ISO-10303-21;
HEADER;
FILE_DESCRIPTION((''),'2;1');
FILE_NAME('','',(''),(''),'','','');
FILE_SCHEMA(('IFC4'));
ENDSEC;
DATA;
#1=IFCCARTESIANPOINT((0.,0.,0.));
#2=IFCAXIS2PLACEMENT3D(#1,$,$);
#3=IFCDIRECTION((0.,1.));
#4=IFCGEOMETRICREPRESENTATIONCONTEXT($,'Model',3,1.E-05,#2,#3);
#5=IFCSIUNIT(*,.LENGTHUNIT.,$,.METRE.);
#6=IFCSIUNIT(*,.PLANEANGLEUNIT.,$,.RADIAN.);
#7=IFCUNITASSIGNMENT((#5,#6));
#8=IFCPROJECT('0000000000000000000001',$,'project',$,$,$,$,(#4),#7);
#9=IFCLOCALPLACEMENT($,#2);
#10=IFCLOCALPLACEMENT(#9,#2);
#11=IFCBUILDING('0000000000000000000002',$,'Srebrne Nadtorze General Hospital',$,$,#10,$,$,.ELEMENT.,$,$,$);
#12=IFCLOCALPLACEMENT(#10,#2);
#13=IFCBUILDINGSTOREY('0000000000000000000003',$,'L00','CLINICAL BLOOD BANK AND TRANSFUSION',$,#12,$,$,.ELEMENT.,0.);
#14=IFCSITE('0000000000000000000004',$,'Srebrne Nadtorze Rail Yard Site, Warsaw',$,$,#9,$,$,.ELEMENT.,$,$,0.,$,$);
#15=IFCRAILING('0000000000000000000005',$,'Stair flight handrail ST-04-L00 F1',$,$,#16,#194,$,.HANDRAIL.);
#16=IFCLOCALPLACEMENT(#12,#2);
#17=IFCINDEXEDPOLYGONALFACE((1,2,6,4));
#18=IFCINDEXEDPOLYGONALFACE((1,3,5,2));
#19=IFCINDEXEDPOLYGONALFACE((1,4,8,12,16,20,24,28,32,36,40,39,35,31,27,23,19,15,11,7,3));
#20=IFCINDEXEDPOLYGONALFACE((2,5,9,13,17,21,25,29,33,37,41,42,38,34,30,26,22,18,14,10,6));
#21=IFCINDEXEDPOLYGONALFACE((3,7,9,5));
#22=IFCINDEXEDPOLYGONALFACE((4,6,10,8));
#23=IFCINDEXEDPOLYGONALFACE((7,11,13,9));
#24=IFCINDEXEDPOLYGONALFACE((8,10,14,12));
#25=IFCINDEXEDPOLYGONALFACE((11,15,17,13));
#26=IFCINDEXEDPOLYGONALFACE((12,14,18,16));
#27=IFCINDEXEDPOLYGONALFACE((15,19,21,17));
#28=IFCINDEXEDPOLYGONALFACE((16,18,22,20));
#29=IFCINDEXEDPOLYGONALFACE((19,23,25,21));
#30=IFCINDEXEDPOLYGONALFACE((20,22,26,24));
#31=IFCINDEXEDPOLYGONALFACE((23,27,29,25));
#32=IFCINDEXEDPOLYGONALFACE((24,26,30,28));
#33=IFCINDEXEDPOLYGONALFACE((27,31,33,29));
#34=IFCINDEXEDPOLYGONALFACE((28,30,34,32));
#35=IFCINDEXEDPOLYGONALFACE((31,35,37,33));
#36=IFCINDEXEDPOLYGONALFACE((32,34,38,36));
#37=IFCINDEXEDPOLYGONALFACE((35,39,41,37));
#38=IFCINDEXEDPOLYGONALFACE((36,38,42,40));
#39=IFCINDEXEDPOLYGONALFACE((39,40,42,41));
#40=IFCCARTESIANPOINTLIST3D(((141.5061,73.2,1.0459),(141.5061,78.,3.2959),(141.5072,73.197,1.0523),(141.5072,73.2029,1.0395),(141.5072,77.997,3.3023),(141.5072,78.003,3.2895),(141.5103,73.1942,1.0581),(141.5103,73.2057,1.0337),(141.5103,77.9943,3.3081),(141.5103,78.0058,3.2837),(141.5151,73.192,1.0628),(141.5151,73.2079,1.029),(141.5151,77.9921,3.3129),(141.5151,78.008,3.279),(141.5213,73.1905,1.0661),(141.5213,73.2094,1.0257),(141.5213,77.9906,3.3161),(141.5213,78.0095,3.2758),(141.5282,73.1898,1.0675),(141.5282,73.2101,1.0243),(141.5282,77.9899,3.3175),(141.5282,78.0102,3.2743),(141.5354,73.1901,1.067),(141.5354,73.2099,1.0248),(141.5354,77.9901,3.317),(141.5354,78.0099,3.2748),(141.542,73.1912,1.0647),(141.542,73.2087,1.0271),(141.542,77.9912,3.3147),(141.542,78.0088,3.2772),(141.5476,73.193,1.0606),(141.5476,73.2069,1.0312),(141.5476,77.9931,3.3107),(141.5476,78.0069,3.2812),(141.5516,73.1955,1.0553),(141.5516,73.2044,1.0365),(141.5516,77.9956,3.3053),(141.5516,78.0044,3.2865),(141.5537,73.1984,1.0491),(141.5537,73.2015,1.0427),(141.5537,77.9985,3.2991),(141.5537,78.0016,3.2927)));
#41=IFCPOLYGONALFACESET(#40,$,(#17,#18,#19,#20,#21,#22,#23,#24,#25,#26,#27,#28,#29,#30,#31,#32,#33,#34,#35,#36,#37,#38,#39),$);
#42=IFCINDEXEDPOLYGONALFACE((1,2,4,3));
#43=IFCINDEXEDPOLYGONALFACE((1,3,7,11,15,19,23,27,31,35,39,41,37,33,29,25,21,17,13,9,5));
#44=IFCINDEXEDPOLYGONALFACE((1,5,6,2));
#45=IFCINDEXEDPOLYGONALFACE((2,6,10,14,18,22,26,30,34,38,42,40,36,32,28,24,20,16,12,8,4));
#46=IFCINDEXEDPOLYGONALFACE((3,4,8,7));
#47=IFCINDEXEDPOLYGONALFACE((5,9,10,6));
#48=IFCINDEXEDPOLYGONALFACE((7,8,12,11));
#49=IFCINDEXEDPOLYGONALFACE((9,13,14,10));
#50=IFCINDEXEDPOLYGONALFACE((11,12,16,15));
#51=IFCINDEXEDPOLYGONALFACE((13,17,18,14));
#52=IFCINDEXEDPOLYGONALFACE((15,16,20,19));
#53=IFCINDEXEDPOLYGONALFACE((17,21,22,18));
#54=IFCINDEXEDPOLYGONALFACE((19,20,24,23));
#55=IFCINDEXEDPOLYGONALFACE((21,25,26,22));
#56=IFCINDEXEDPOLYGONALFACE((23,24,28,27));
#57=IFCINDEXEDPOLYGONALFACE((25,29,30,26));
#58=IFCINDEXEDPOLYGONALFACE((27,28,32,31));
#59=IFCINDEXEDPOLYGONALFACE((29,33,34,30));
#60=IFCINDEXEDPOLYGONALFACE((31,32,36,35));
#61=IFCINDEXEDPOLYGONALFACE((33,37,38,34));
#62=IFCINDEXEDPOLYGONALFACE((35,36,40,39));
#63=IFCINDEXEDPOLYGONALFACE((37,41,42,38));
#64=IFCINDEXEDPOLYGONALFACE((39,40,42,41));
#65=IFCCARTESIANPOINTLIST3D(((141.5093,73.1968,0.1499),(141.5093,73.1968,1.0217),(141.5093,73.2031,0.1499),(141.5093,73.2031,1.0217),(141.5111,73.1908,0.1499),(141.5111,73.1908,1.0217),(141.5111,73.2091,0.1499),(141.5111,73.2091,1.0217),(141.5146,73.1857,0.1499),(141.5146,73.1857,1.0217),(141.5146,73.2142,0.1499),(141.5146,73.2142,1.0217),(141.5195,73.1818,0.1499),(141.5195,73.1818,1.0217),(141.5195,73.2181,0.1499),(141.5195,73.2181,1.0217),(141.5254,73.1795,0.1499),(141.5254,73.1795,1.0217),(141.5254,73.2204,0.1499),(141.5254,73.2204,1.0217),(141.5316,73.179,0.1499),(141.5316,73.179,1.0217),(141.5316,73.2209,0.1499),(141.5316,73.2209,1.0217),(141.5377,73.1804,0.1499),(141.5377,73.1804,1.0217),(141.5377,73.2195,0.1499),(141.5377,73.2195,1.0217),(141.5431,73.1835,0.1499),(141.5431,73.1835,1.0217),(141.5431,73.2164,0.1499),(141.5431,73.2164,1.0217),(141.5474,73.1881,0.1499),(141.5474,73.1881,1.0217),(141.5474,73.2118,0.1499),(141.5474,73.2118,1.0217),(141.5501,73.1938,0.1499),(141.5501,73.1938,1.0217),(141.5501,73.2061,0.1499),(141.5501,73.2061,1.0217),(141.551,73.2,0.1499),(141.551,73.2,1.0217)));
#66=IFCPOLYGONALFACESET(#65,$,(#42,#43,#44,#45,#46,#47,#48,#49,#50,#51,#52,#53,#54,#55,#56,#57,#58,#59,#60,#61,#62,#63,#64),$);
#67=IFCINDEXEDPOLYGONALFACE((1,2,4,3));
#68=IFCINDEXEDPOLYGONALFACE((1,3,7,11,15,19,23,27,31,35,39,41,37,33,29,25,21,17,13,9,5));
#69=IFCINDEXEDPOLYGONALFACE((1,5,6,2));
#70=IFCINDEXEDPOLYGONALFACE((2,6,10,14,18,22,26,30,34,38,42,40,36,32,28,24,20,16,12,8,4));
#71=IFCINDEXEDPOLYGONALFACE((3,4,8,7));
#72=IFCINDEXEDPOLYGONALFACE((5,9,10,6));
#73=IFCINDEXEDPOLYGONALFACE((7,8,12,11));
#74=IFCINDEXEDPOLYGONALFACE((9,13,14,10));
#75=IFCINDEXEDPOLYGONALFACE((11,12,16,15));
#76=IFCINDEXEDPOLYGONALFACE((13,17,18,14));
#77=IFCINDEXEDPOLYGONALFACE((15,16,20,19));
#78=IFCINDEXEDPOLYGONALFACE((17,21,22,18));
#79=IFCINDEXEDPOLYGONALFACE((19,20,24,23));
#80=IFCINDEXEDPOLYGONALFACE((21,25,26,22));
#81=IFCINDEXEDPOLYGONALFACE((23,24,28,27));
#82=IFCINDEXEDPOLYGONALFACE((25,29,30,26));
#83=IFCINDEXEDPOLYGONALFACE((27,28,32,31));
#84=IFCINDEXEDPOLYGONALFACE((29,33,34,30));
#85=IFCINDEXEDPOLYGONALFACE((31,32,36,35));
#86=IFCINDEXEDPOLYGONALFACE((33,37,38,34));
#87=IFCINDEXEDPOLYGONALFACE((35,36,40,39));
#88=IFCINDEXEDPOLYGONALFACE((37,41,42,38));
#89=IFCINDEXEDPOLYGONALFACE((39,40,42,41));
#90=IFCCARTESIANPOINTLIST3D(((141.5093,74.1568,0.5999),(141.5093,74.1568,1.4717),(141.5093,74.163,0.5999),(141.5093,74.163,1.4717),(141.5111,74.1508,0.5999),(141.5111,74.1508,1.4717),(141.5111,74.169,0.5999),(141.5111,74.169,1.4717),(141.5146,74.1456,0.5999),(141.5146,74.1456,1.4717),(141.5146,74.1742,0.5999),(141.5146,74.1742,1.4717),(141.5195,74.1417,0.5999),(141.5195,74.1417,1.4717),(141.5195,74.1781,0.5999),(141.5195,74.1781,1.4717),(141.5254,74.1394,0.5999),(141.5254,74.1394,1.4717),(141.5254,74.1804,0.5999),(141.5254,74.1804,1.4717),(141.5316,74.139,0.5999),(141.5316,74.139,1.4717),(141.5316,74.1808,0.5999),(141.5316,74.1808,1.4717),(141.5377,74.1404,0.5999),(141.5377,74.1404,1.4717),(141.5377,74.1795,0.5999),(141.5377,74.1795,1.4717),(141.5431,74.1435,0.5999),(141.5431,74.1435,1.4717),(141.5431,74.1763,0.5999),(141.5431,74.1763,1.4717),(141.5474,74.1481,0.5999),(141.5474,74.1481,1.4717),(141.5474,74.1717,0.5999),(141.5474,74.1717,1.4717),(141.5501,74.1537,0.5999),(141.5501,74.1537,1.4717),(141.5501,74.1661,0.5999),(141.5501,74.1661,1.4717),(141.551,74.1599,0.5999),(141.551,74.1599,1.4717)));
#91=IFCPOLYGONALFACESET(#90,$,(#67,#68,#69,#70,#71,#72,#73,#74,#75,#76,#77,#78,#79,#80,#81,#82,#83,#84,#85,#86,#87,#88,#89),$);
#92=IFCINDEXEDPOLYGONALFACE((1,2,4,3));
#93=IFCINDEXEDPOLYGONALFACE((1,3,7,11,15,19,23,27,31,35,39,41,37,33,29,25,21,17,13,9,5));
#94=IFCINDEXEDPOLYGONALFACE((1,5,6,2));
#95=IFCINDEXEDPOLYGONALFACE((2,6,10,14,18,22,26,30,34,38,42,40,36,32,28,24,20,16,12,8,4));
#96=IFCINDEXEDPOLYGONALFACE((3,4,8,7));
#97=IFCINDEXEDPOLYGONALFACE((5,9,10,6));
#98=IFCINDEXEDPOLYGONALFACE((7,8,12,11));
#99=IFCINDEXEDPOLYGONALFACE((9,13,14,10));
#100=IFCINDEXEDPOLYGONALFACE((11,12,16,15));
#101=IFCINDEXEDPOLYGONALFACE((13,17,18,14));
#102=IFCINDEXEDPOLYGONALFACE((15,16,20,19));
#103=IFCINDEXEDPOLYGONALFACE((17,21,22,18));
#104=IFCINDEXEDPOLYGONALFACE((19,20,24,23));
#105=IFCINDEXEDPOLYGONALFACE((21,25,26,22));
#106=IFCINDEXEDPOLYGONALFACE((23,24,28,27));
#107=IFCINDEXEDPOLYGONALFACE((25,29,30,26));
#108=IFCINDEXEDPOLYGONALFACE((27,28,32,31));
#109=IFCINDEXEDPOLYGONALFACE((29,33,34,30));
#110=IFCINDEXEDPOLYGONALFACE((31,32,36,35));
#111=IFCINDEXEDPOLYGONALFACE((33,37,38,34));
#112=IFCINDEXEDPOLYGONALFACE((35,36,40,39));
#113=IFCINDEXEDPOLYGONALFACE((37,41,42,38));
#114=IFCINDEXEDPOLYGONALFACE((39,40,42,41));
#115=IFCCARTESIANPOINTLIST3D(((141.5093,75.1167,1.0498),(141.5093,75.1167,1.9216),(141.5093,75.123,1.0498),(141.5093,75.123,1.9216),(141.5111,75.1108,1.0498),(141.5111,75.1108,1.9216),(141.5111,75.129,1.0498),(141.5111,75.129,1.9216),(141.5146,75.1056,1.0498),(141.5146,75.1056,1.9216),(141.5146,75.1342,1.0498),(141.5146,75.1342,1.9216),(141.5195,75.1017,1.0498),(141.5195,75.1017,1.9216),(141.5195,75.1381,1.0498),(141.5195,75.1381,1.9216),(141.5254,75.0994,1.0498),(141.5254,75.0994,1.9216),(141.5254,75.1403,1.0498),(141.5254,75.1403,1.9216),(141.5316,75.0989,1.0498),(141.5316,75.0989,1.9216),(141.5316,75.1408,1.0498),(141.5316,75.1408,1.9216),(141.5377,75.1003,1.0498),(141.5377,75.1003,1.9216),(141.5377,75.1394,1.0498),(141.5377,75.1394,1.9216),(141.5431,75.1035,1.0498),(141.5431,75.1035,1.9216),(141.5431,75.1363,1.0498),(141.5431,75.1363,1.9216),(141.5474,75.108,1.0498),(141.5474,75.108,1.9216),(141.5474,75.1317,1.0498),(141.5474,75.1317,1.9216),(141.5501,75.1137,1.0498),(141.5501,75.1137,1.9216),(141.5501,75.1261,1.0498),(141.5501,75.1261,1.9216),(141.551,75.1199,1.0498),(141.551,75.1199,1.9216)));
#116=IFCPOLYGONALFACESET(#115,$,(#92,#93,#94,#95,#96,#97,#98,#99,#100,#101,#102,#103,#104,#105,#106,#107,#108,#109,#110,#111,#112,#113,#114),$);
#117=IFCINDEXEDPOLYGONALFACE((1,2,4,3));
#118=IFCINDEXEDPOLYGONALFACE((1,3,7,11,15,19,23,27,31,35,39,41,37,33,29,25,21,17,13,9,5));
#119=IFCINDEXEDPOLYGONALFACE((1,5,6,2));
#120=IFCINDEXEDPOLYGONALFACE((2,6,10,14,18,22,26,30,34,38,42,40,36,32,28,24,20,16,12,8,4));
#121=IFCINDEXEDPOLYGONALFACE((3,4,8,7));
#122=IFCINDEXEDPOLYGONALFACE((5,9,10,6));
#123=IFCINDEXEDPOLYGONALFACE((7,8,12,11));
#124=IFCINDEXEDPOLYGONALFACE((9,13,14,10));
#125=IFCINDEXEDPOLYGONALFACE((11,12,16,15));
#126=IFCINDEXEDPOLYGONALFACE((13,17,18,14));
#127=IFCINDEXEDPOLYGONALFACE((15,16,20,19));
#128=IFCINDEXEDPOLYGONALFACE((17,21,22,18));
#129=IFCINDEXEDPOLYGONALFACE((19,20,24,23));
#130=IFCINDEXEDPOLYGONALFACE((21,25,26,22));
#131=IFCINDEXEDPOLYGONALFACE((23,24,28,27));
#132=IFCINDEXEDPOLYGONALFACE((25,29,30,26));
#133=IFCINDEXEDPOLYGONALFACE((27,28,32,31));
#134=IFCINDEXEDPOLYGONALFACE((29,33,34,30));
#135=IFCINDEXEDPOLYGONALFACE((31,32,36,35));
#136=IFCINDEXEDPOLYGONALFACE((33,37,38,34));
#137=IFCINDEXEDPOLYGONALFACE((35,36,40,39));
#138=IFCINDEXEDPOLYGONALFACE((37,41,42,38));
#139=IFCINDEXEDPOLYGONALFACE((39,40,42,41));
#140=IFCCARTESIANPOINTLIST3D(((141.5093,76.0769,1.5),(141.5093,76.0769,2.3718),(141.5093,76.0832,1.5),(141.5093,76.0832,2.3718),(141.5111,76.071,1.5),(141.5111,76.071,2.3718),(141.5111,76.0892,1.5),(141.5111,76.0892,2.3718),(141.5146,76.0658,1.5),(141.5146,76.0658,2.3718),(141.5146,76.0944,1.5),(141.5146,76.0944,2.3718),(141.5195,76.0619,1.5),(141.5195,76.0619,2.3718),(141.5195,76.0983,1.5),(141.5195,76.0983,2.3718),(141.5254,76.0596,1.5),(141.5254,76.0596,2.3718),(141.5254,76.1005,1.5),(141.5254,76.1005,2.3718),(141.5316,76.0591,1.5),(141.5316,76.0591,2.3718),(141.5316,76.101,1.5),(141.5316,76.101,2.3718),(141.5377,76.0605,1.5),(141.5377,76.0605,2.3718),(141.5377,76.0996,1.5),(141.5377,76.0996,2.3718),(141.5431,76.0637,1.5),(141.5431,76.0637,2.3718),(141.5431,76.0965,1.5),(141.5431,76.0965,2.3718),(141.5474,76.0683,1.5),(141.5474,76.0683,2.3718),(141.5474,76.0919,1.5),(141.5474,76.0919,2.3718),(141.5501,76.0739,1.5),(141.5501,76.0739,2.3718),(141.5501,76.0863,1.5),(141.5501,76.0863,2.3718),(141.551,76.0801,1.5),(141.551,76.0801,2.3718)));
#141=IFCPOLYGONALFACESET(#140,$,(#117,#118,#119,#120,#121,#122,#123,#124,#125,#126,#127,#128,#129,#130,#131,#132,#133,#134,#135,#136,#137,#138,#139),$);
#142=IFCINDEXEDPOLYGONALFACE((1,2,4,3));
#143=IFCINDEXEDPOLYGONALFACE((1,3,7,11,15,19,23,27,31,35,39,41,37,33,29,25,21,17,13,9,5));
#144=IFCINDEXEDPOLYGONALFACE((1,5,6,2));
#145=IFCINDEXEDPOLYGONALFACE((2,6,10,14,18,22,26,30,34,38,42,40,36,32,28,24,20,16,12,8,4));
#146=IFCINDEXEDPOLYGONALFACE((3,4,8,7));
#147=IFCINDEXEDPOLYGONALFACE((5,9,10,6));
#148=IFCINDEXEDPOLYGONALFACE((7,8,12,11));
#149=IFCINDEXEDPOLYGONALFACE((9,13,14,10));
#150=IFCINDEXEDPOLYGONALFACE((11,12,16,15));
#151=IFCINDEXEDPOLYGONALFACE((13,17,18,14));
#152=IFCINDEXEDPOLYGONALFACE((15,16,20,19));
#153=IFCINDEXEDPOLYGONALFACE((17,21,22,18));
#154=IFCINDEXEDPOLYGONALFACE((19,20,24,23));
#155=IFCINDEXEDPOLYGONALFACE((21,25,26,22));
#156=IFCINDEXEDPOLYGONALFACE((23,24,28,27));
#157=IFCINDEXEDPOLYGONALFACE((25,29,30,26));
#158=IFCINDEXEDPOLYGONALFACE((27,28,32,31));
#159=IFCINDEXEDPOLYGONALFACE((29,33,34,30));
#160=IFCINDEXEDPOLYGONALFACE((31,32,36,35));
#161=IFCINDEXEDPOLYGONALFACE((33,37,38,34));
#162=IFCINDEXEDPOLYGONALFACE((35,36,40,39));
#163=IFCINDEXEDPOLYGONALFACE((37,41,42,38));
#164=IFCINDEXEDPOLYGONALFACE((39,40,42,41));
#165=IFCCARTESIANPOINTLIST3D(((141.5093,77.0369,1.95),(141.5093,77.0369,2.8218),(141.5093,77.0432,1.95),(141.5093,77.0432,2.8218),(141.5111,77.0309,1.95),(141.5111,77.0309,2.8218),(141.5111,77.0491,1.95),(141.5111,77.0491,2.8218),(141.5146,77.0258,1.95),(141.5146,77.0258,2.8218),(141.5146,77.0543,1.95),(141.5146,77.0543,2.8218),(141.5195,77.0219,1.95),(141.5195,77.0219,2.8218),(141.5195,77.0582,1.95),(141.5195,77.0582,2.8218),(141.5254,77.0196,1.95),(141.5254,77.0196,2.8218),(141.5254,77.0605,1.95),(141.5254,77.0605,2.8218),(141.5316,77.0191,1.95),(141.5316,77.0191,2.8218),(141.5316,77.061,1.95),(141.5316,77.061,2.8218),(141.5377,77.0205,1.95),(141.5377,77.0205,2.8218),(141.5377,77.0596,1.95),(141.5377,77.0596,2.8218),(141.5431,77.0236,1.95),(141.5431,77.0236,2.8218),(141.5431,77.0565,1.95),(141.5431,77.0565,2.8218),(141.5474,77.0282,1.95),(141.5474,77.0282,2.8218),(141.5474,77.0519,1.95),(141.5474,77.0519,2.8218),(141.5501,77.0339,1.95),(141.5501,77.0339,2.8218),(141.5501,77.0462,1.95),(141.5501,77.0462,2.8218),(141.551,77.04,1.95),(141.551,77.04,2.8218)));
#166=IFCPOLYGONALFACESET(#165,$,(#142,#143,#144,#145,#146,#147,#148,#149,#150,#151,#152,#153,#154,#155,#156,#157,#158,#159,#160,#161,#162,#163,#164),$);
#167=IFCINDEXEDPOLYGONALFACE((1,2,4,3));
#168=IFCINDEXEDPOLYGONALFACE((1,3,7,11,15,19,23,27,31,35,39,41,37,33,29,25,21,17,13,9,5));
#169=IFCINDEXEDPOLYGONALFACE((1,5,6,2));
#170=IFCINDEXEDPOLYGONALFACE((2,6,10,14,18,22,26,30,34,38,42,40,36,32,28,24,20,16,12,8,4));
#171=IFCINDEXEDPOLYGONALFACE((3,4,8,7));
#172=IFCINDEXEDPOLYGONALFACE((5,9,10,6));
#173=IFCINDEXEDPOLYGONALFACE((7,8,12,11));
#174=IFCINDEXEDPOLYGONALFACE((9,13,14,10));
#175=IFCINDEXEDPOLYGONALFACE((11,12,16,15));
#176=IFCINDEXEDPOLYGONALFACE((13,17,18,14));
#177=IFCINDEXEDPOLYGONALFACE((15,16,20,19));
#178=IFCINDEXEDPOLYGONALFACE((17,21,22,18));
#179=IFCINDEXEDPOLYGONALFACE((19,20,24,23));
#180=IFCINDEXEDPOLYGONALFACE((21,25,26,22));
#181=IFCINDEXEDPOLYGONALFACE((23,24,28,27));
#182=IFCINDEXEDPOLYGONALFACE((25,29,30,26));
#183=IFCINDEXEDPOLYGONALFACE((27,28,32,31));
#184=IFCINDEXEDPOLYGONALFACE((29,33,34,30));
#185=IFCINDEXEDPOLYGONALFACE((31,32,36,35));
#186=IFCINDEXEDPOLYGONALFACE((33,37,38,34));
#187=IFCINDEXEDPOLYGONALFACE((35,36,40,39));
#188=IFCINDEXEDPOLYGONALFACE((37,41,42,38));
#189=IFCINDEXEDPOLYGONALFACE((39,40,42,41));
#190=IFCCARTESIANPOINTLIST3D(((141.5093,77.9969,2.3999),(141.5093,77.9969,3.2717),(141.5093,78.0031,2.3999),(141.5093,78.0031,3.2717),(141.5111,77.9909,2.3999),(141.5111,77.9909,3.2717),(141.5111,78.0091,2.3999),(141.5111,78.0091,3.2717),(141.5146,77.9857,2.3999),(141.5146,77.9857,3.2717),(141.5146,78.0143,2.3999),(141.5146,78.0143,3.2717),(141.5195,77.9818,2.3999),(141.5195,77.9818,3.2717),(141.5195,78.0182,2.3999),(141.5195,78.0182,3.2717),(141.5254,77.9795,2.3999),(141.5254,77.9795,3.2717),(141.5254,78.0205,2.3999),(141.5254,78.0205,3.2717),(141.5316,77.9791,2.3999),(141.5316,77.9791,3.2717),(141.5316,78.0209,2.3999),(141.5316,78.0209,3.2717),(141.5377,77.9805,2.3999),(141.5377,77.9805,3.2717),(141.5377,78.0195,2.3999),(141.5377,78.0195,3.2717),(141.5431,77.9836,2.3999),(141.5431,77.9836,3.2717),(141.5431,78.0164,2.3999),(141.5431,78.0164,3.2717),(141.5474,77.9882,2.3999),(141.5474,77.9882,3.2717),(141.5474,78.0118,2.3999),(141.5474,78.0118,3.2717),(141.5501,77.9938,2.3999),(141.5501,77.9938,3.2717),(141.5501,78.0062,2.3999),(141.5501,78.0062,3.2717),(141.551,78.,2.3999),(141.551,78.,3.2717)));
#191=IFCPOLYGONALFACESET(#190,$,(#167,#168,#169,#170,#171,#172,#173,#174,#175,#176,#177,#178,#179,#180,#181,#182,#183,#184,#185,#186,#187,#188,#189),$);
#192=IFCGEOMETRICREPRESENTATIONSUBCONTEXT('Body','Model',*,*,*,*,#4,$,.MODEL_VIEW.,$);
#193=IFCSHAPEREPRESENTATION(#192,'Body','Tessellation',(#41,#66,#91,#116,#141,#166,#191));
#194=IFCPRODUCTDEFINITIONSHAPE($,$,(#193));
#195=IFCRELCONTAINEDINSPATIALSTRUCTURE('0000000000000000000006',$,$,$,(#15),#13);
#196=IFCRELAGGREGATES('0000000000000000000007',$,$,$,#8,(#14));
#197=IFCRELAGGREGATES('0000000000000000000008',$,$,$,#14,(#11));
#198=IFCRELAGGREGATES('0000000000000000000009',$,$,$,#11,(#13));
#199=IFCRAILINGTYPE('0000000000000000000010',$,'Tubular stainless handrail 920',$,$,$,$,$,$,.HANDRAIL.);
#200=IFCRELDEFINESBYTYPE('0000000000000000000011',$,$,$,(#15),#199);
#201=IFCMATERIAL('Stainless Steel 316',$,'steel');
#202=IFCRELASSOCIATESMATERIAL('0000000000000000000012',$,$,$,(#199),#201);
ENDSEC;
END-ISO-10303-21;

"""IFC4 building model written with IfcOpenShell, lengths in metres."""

from ifc_helpers import new_model, si_unit, direction, frame, origin, origin_2d, place, context, subcontext, project, spatial, circle, extrude, material, type_object, element, save


model = new_model("IFC4")

# Units and contexts
model_context = context("Model", 3, precision=1e-05, world=origin(), true_north=direction((0.0, 1.0)))
body_context = subcontext(model_context, "Body", "Model", "MODEL_VIEW")
ifc_project = project(units=[si_unit("LENGTHUNIT", "METRE"), si_unit("PLANEANGLEUNIT", "RADIAN")], contexts=[model_context])

# Site, building, storey
site_placement = place(None, origin())
site = spatial("IfcSite", under=ifc_project, at=site_placement, Name="Srebrne Nadtorze Rail Yard Site, Warsaw", CompositionType="ELEMENT", RefElevation=0.0)
building_placement = place(site_placement, origin())
building = spatial("IfcBuilding", under=site, at=building_placement, Name="Srebrne Nadtorze General Hospital", CompositionType="ELEMENT")
storey_placement = place(building_placement, origin())
storey = spatial("IfcBuildingStorey", under=building, at=storey_placement, Name="L00", Description="CLINICAL BLOOD BANK AND TRANSFUSION", CompositionType="ELEMENT", Elevation=0.0)

# Railing
ifc_material_1 = material(Name="Stainless Steel 316", Category="steel")
railing_type = type_object("IfcRailingType", Name="Tubular stainless handrail 920", PredefinedType="HANDRAIL", material=ifc_material_1)
railing_placement = place(storey_placement, frame((141.53, 73.2, 0.1499)))
element("IfcRailing", 1, at=railing_placement, inside=storey, type_object=railing_type, Name="Stair flight handrail ST-04-L00 F1", PredefinedType="HANDRAIL", context=body_context, shape_type="SweptSolid", body=[
    extrude(circle(Radius=0.0239, at=origin_2d()), frame((0.0, 0.0, 0.896), z_axis=(0.0, 0.905461, 0.42443), x_axis=(-1.0, 0.0, 0.0)), (0.0, 0.0, 1.0), 5.3013),
    extrude(circle(Radius=0.021, at=origin_2d()), origin(), (0.0, 0.0, 1.0), 0.8718),
    extrude(circle(Radius=0.021, at=origin_2d()), frame((0.0, 0.96, 0.45)), (0.0, 0.0, 1.0), 0.8718),
    extrude(circle(Radius=0.021, at=origin_2d()), frame((0.0, 1.9199, 0.8999)), (0.0, 0.0, 1.0), 0.8718),
    extrude(circle(Radius=0.021, at=origin_2d()), frame((0.0, 2.8801, 1.3501)), (0.0, 0.0, 1.0), 0.8718),
    extrude(circle(Radius=0.021, at=origin_2d()), frame((0.0, 3.8401, 1.8)), (0.0, 0.0, 1.0), 0.8718),
    extrude(circle(Radius=0.021, at=origin_2d()), frame((0.0, 4.8, 2.25)), (0.0, 0.0, 1.0), 0.8718),
])

save(model, "model.ifc")
